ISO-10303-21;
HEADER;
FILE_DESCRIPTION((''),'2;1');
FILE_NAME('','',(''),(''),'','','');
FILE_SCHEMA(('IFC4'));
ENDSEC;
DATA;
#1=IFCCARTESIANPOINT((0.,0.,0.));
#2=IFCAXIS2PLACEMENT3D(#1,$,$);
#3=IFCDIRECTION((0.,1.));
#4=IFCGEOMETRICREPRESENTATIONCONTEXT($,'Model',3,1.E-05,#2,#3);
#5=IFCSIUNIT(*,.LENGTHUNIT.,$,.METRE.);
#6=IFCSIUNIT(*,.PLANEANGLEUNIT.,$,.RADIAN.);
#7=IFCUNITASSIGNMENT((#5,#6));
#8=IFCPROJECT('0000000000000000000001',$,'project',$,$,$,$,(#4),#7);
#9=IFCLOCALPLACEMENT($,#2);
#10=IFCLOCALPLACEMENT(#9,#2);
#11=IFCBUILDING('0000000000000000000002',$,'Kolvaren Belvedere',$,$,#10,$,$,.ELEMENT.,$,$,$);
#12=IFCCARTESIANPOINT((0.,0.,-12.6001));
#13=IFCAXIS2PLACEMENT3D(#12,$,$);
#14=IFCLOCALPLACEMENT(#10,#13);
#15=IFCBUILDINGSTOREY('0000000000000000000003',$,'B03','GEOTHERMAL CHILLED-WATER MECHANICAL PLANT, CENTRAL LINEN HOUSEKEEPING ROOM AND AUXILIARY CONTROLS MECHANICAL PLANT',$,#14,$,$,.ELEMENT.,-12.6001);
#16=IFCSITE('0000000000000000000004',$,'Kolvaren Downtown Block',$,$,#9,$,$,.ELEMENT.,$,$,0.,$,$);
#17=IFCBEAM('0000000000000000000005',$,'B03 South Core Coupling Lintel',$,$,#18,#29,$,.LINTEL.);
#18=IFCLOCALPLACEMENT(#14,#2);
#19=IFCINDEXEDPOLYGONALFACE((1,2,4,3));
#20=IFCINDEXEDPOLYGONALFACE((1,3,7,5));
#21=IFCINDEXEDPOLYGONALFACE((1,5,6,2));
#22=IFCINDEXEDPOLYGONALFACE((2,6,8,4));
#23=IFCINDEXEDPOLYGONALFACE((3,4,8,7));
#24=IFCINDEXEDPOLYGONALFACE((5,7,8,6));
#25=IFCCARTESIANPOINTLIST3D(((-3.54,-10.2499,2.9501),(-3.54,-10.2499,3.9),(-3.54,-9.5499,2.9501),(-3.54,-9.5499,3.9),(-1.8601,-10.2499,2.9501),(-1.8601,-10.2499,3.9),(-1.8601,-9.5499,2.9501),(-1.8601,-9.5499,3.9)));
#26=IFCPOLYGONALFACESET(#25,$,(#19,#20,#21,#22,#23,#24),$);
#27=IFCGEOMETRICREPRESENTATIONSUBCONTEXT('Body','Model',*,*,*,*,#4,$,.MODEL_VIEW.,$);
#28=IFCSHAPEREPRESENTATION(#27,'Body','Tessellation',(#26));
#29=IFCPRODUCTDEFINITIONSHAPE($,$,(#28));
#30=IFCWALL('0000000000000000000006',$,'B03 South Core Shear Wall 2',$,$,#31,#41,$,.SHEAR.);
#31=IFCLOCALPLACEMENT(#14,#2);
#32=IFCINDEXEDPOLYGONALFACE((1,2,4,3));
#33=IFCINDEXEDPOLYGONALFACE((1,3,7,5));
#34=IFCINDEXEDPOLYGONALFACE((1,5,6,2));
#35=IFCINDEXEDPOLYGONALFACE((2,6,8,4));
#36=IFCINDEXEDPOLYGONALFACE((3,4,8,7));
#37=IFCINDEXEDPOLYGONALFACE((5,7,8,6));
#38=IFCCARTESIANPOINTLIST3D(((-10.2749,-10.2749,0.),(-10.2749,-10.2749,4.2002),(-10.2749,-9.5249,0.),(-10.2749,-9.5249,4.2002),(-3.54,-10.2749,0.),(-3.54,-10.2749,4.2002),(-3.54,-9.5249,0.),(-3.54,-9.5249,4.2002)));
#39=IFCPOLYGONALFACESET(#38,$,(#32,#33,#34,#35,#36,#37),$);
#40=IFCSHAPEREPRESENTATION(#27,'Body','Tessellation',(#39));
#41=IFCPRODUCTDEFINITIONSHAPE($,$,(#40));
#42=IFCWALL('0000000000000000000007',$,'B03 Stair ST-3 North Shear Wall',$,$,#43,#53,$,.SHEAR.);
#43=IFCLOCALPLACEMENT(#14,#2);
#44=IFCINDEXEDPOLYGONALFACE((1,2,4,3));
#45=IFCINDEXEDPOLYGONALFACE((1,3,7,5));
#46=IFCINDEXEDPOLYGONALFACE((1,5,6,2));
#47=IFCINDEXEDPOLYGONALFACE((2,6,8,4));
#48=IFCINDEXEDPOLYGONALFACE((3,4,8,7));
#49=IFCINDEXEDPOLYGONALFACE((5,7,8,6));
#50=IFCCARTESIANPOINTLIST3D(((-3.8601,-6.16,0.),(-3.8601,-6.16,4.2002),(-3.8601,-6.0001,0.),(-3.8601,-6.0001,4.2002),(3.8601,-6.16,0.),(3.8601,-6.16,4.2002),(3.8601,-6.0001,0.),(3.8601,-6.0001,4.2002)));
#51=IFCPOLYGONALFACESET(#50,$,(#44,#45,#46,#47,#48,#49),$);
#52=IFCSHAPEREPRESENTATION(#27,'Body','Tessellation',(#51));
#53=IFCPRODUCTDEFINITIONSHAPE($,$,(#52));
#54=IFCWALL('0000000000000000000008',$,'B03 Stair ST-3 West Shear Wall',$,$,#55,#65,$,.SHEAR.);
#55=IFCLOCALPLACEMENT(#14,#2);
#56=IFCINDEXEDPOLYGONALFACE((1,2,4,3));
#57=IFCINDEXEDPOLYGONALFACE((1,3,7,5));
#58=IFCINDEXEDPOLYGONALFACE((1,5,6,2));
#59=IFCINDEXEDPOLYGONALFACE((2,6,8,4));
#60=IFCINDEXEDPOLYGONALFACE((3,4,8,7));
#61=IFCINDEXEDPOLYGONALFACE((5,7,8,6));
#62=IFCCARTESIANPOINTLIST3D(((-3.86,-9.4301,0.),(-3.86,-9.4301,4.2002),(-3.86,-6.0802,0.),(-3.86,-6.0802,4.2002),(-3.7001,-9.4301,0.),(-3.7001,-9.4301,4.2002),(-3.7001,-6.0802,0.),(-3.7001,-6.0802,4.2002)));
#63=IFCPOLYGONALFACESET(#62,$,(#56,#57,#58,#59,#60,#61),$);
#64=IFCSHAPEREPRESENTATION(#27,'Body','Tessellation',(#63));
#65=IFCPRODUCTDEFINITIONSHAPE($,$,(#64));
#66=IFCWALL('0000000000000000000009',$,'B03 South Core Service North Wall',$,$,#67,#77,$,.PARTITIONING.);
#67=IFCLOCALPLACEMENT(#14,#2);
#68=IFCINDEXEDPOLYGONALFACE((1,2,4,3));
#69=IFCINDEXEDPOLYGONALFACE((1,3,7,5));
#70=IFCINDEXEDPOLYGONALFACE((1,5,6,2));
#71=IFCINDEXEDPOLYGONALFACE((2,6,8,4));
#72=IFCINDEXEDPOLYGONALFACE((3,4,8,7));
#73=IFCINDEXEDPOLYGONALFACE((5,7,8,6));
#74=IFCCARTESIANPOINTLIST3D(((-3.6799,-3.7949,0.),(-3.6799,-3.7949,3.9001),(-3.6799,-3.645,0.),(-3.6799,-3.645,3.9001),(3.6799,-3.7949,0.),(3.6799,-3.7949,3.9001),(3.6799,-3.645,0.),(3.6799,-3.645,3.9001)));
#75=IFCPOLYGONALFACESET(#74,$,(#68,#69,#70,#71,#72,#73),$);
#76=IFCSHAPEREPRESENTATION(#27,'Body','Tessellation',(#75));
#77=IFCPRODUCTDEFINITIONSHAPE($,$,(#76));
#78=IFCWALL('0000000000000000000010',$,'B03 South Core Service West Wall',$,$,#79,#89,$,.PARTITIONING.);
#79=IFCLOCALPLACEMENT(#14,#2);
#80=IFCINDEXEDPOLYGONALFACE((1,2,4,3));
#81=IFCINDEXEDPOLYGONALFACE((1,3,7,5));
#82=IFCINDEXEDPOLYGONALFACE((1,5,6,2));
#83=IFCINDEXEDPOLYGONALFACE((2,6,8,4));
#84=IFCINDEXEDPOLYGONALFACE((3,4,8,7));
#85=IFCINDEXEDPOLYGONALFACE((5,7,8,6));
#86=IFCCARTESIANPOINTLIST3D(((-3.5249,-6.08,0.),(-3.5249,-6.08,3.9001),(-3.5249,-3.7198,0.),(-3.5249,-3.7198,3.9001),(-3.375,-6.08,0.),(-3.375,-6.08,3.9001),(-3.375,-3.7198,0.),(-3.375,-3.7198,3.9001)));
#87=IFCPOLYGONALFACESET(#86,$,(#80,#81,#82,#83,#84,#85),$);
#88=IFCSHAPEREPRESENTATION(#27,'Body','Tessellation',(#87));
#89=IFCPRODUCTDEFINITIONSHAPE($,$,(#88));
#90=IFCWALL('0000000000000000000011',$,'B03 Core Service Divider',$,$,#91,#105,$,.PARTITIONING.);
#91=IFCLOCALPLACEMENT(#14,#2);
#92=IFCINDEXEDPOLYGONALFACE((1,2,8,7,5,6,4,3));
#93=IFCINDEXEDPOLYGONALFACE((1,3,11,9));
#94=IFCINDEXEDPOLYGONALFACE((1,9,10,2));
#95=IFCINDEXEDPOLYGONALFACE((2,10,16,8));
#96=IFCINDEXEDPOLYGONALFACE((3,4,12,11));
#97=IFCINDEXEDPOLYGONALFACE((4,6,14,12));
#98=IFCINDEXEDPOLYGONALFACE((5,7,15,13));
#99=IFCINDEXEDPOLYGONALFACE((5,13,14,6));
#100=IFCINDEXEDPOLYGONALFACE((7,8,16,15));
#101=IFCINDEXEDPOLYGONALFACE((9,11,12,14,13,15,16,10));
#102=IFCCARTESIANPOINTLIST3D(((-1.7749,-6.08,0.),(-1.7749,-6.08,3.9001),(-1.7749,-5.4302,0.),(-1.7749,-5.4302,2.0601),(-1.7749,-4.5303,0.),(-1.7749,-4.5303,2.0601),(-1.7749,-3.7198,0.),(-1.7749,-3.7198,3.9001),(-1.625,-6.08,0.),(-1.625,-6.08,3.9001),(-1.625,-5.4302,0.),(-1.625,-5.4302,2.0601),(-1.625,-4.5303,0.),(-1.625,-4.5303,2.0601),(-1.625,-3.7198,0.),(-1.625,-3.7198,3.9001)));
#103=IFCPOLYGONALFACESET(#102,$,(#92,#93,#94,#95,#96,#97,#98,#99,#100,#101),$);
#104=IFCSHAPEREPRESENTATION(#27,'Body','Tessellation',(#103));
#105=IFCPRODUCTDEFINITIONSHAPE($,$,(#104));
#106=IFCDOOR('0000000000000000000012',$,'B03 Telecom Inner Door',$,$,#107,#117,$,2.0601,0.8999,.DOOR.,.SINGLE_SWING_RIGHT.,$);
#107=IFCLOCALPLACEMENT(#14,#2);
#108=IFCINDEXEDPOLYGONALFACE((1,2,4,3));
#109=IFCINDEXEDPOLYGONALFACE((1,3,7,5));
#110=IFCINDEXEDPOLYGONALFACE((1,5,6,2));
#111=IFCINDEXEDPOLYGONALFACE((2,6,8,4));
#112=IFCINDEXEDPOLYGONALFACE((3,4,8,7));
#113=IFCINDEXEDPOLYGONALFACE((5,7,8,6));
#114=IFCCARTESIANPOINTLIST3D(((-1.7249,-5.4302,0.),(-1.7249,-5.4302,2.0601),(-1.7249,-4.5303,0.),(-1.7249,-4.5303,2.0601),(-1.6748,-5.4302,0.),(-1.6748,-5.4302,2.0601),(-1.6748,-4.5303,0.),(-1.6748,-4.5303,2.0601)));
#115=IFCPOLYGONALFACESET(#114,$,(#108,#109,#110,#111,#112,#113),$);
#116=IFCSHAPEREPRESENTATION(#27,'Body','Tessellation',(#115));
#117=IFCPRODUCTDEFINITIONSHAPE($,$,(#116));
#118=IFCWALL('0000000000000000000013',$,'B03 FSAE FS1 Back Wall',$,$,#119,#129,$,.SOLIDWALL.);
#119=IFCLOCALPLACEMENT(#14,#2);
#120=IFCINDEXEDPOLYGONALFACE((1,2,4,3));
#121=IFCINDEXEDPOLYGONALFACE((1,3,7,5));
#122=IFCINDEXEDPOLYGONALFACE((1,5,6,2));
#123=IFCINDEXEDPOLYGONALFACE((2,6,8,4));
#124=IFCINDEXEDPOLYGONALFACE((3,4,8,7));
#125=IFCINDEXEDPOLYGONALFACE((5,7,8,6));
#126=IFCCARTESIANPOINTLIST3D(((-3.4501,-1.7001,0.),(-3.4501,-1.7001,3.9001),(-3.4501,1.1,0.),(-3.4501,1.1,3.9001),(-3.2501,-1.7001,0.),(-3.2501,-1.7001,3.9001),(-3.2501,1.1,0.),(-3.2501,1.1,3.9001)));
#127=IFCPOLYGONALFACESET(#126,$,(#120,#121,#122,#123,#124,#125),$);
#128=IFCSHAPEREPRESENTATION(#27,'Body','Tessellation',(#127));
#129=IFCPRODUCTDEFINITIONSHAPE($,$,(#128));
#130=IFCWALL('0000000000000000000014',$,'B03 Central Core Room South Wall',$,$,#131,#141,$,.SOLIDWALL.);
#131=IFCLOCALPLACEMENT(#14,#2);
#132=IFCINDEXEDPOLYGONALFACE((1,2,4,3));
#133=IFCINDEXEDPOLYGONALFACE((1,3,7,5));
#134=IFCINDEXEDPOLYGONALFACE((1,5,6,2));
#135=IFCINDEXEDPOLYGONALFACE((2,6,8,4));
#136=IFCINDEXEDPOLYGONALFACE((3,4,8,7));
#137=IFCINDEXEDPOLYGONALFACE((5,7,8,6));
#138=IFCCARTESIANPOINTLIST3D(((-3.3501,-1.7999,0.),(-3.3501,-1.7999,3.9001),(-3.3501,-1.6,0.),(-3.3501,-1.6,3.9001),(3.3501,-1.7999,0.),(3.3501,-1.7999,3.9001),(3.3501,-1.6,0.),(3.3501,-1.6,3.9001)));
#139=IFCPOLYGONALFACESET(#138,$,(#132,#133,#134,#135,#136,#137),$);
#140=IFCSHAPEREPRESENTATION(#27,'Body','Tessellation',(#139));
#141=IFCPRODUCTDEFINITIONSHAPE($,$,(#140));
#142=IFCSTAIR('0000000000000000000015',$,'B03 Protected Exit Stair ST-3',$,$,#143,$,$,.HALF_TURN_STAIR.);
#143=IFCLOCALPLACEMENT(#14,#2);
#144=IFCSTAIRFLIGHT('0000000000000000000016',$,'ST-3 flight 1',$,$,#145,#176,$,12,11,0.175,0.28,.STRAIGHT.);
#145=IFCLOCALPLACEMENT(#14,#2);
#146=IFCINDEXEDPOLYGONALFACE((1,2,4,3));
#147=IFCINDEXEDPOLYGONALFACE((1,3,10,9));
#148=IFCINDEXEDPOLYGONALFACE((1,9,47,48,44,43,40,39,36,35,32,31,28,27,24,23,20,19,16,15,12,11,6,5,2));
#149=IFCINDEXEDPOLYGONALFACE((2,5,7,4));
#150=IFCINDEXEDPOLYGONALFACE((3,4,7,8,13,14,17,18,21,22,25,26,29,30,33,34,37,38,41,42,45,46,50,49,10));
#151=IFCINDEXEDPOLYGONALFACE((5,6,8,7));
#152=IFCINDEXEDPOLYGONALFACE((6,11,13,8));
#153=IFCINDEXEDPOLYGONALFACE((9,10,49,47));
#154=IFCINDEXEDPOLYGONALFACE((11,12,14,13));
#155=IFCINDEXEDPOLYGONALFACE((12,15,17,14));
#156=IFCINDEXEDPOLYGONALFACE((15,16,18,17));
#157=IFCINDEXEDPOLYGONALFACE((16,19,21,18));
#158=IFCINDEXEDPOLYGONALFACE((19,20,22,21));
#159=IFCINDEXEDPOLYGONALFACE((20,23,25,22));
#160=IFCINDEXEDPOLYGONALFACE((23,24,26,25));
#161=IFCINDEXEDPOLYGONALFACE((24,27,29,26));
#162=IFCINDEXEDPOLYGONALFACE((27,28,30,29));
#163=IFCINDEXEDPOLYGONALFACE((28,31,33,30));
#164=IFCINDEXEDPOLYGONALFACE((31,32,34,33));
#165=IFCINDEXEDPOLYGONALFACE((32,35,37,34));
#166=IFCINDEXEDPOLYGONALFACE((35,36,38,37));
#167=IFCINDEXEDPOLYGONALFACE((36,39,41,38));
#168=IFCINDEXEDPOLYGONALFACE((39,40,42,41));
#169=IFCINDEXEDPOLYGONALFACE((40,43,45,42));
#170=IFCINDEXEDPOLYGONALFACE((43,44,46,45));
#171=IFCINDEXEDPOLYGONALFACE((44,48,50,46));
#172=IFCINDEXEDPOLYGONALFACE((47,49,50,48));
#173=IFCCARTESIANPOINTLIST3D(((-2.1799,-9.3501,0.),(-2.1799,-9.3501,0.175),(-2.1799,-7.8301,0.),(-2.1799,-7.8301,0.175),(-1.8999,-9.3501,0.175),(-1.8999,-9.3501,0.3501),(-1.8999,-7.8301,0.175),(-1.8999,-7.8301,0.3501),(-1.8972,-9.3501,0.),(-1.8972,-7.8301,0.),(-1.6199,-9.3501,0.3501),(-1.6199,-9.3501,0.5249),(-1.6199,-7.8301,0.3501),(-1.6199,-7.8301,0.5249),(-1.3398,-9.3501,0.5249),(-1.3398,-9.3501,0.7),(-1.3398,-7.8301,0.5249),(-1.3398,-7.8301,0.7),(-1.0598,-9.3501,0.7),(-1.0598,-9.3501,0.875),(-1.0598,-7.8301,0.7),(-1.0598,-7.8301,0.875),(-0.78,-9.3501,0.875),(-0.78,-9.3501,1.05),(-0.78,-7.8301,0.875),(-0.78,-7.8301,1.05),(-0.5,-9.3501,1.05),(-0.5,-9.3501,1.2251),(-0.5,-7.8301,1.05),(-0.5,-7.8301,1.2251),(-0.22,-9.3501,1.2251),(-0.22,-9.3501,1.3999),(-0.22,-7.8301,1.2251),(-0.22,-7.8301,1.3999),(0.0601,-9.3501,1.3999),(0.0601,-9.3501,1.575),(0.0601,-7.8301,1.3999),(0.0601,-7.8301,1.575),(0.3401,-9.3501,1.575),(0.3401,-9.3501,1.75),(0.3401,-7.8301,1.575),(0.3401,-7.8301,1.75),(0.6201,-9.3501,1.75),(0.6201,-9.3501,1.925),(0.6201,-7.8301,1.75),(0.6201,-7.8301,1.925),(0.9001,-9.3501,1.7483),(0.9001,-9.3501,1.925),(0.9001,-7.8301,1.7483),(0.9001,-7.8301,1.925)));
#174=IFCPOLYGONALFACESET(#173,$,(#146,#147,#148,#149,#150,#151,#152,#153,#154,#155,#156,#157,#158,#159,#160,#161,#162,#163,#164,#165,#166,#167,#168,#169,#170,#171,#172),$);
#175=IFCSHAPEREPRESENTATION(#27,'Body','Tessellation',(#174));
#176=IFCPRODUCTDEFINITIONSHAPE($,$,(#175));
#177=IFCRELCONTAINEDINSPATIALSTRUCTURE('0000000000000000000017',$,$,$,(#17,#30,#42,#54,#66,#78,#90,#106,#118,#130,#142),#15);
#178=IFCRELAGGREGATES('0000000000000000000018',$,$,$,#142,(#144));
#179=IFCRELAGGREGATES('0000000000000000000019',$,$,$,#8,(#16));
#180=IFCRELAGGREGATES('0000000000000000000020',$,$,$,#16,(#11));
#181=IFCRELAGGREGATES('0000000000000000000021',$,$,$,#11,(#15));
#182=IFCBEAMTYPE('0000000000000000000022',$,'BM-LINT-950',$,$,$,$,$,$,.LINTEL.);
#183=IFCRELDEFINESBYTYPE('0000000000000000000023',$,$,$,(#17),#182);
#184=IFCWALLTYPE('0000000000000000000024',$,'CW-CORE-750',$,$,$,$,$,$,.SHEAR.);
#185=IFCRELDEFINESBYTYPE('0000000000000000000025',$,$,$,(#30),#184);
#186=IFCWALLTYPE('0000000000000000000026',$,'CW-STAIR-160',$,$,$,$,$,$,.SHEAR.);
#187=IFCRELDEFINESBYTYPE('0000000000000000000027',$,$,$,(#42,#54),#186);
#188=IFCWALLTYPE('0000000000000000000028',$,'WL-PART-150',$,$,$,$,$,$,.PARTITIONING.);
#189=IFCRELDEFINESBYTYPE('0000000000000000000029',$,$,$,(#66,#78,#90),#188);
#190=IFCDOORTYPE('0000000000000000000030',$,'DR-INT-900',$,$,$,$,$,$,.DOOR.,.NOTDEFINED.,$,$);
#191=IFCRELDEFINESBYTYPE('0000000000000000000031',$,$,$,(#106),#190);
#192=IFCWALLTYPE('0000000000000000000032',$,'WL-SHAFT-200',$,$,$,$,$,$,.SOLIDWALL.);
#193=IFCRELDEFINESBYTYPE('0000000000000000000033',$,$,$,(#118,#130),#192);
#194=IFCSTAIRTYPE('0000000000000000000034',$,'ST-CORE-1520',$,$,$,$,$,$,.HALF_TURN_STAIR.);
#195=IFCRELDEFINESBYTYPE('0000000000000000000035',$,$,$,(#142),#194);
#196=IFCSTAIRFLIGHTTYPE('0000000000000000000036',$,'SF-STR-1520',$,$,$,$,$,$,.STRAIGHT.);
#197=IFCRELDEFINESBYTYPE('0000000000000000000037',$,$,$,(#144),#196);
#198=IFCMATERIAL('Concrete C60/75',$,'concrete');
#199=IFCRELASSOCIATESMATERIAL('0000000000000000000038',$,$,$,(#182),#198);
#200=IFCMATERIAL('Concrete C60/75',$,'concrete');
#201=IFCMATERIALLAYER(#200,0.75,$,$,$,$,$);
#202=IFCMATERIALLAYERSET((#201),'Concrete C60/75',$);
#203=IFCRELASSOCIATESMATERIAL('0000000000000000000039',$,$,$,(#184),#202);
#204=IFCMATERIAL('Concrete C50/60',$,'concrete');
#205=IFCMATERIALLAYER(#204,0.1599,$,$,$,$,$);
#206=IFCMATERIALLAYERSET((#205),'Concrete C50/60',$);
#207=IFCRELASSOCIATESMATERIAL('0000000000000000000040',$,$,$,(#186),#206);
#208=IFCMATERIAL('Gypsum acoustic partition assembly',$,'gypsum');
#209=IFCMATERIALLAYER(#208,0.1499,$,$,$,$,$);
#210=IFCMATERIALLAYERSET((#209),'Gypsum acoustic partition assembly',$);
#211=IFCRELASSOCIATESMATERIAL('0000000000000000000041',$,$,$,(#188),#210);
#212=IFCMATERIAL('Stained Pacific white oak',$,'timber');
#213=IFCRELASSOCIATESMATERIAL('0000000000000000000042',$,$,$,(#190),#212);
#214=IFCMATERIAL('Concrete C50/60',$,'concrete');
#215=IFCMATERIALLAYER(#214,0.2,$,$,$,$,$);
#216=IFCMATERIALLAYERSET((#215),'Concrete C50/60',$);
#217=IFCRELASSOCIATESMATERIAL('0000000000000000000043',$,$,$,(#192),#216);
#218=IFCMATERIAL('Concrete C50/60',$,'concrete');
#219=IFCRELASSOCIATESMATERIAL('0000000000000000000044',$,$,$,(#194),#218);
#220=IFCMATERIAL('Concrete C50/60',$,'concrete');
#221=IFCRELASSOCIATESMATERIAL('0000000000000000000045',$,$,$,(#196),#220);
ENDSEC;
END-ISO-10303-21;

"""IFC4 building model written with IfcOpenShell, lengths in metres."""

from ifc_helpers import new_model, si_unit, direction, frame, frame_2d, origin, origin_2d, place, context, subcontext, project, spatial, polyline, rectangle, outline, extrude, material, layer, layer_set, material_profile, profile_set, type_object, element, fill, aggregate, save


model = new_model("IFC4")

# Units and contexts
model_context = context("Model", 3, precision=1e-05, world=origin(), true_north=direction((0.0, 1.0)))
body_context = subcontext(model_context, "Body", "Model", "MODEL_VIEW")
ifc_project = project(units=[si_unit("LENGTHUNIT", "METRE"), si_unit("PLANEANGLEUNIT", "RADIAN")], contexts=[model_context])

# Site, building, storey
site_placement = place(None, origin())
site = spatial("IfcSite", under=ifc_project, at=site_placement, Name="Kolvaren Downtown Block", CompositionType="ELEMENT", RefElevation=0.0)
building_placement = place(site_placement, origin())
building = spatial("IfcBuilding", under=site, at=building_placement, Name="Kolvaren Belvedere", CompositionType="ELEMENT")
storey_placement = place(building_placement, frame((0.0, 0.0, -12.6001)))
storey = spatial("IfcBuildingStorey", under=building, at=storey_placement, Name="B03", Description="GEOTHERMAL CHILLED-WATER MECHANICAL PLANT, CENTRAL LINEN HOUSEKEEPING ROOM AND AUXILIARY CONTROLS MECHANICAL PLANT", CompositionType="ELEMENT", Elevation=-12.6001)

# Beam
ifc_material_1 = material(Name="Concrete C60/75", Category="concrete")
ifc_material_profile_1 = material_profile(ifc_material_1, rectangle(XDim=0.7, YDim=0.95, at=origin_2d()), Name="RC 700X950")
ifc_profile_set_1 = profile_set([ifc_material_profile_1], Name="Concrete C60/75")
beam_type = type_object("IfcBeamType", Name="BM-LINT-950", PredefinedType="LINTEL", material=ifc_profile_set_1)
beam_placement = place(storey_placement, frame((-3.54, -9.8999, 3.425), z_axis=(1.0, 0.0, 0.0), x_axis=(0.0, 1.0, 0.0)))
element("IfcBeam", 1, at=beam_placement, inside=storey, type_object=beam_type, Name="B03 South Core Coupling Lintel", PredefinedType="LINTEL", context=body_context, shape_type="SweptSolid", body=[
    extrude(rectangle(XDim=0.7, YDim=0.95, at=origin_2d()), origin(), (0.0, 0.0, 1.0), 1.6799),
])

# Walls
ifc_material_2 = material(Name="Concrete C60/75", Category="concrete")
ifc_layer_1 = layer(ifc_material_2, 0.75)
ifc_layer_set_1 = layer_set([ifc_layer_1], Name="Concrete C60/75")
wall_type_1 = type_object("IfcWallType", Name="CW-CORE-750", PredefinedType="SHEAR", material=ifc_layer_set_1)
wall_1_placement = place(storey_placement, frame((-3.54, -9.8999, 0.0), z_axis=(0.0, 0.0, 1.0), x_axis=(-1.0, 0.0, 0.0)))
element("IfcWall", 2, at=wall_1_placement, inside=storey, type_object=wall_type_1, Name="B03 South Core Shear Wall 2", PredefinedType="SHEAR", context=body_context, shape_type="SweptSolid", body=[
    extrude(rectangle(XDim=6.7349, YDim=0.75, at=frame_2d((3.3674, 0.0))), origin(), (0.0, 0.0, 1.0), 4.2002),
])
ifc_material_3 = material(Name="Concrete C50/60", Category="concrete")
ifc_layer_2 = layer(ifc_material_3, 0.1599)
ifc_layer_set_2 = layer_set([ifc_layer_2], Name="Concrete C50/60")
wall_type_2 = type_object("IfcWallType", Name="CW-STAIR-160", PredefinedType="SHEAR", material=ifc_layer_set_2)
wall_2_placement = place(storey_placement, frame((-3.8601, -6.0801, 0.0), z_axis=(0.0, 0.0, 1.0), x_axis=(1.0, 0.0, 0.0)))
element("IfcWall", 3, at=wall_2_placement, inside=storey, type_object=wall_type_2, Name="B03 Stair ST-3 North Shear Wall", PredefinedType="SHEAR", context=body_context, shape_type="SweptSolid", body=[
    extrude(rectangle(XDim=7.7202, YDim=0.1599, at=frame_2d((3.8601, 0.0))), origin(), (0.0, 0.0, 1.0), 4.2002),
])
wall_3_placement = place(storey_placement, frame((-3.78, -9.4299, 0.0), z_axis=(0.0, 0.0, 1.0), x_axis=(0.0, 1.0, 0.0)))
element("IfcWall", 4, at=wall_3_placement, inside=storey, type_object=wall_type_2, Name="B03 Stair ST-3 West Shear Wall", PredefinedType="SHEAR", context=body_context, shape_type="SweptSolid", body=[
    extrude(rectangle(XDim=3.3499, YDim=0.1599, at=frame_2d((1.6748, 0.0))), origin(), (0.0, 0.0, 1.0), 4.2002),
])
ifc_material_4 = material(Name="Gypsum acoustic partition assembly", Category="gypsum")
ifc_layer_3 = layer(ifc_material_4, 0.1499)
ifc_layer_set_3 = layer_set([ifc_layer_3], Name="Gypsum acoustic partition assembly")
wall_type_3 = type_object("IfcWallType", Name="WL-PART-150", PredefinedType="PARTITIONING", material=ifc_layer_set_3)
wall_4_placement = place(storey_placement, frame((-3.6799, -3.72, 0.0), z_axis=(0.0, 0.0, 1.0), x_axis=(1.0, 0.0, 0.0)))
element("IfcWall", 5, at=wall_4_placement, inside=storey, type_object=wall_type_3, Name="B03 South Core Service North Wall", PredefinedType="PARTITIONING", context=body_context, shape_type="SweptSolid", body=[
    extrude(rectangle(XDim=7.3599, YDim=0.1499, at=frame_2d((3.6799, 0.0))), origin(), (0.0, 0.0, 1.0), 3.9001),
])
wall_5_placement = place(storey_placement, frame((-3.45, -6.0801, 0.0), z_axis=(0.0, 0.0, 1.0), x_axis=(0.0, 1.0, 0.0)))
element("IfcWall", 6, at=wall_5_placement, inside=storey, type_object=wall_type_3, Name="B03 South Core Service West Wall", PredefinedType="PARTITIONING", context=body_context, shape_type="SweptSolid", body=[
    extrude(rectangle(XDim=2.3601, YDim=0.1499, at=frame_2d((1.1802, 0.0))), origin(), (0.0, 0.0, 1.0), 3.9001),
])

# Wall, opening, door
wall_6_placement = place(storey_placement, frame((-1.7, -6.0801, 0.0), z_axis=(0.0, 0.0, 1.0), x_axis=(0.0, 1.0, 0.0)))
wall_6 = element("IfcWall", 7, at=wall_6_placement, inside=storey, type_object=wall_type_3, Name="B03 Core Service Divider", PredefinedType="PARTITIONING", context=body_context, shape_type="SweptSolid", body=[
    extrude(rectangle(XDim=2.3601, YDim=0.1499, at=frame_2d((1.1802, 0.0))), origin(), (0.0, 0.0, 1.0), 3.9001),
])
opening_placement = place(wall_6_placement, frame((0.6499, 0.0, 0.0)))
opening = element("IfcOpeningElement", 8, at=opening_placement, cuts=wall_6, PredefinedType="OPENING", context=body_context, shape_type="SweptSolid", body=[
    extrude(rectangle(XDim=0.8999, YDim=2.0601, at=frame_2d((0.45, 1.03))), frame((0.0, 0.085, 0.0), z_axis=(0.0, -1.0, 0.0), x_axis=(1.0, 0.0, 0.0)), (0.0, 0.0, 1.0), 0.1699),
])
ifc_material_5 = material(Name="Stained Pacific white oak", Category="timber")
door_type = type_object("IfcDoorType", Name="DR-INT-900", OperationType="NOTDEFINED", PredefinedType="DOOR", material=ifc_material_5)
door_placement = place(opening_placement, origin())
door = element("IfcDoor", 9, at=door_placement, inside=storey, type_object=door_type, Name="B03 Telecom Inner Door", OperationType="SINGLE_SWING_RIGHT", OverallHeight=2.0601, OverallWidth=0.8999, PredefinedType="DOOR", context=body_context, shape_type="SweptSolid", body=[
    extrude(rectangle(XDim=0.8999, YDim=2.0601, at=frame_2d((0.45, 1.03))), frame((0.0, 0.0249, 0.0), z_axis=(0.0, -1.0, 0.0), x_axis=(1.0, 0.0, 0.0)), (0.0, 0.0, 1.0), 0.05),
])
fill(opening, door)

# Walls
ifc_material_6 = material(Name="Concrete C50/60", Category="concrete")
ifc_layer_4 = layer(ifc_material_6, 0.2)
ifc_layer_set_4 = layer_set([ifc_layer_4], Name="Concrete C50/60")
wall_type_4 = type_object("IfcWallType", Name="WL-SHAFT-200", PredefinedType="SOLIDWALL", material=ifc_layer_set_4)
wall_7_placement = place(storey_placement, frame((-3.3501, -1.7, 0.0), z_axis=(0.0, 0.0, 1.0), x_axis=(0.0, 1.0, 0.0)))
element("IfcWall", 10, at=wall_7_placement, inside=storey, type_object=wall_type_4, Name="B03 FSAE FS1 Back Wall", PredefinedType="SOLIDWALL", context=body_context, shape_type="SweptSolid", body=[
    extrude(rectangle(XDim=2.8, YDim=0.2, at=frame_2d((1.3999, 0.0))), origin(), (0.0, 0.0, 1.0), 3.9001),
])
wall_8_placement = place(storey_placement, frame((-3.3501, -1.7, 0.0), z_axis=(0.0, 0.0, 1.0), x_axis=(1.0, 0.0, 0.0)))
element("IfcWall", 11, at=wall_8_placement, inside=storey, type_object=wall_type_4, Name="B03 Central Core Room South Wall", PredefinedType="SOLIDWALL", context=body_context, shape_type="SweptSolid", body=[
    extrude(rectangle(XDim=6.7002, YDim=0.2, at=frame_2d((3.3501, 0.0))), origin(), (0.0, 0.0, 1.0), 3.9001),
])

# Stair, stair flight
ifc_material_7 = material(Name="Concrete C50/60", Category="concrete")
stair_type = type_object("IfcStairType", Name="ST-CORE-1520", PredefinedType="HALF_TURN_STAIR", material=ifc_material_7)
stair_placement = place(storey_placement, origin())
stair = element("IfcStair", 12, at=stair_placement, inside=storey, type_object=stair_type, Name="B03 Protected Exit Stair ST-3", PredefinedType="HALF_TURN_STAIR")
ifc_material_8 = material(Name="Concrete C50/60", Category="concrete")
stair_flight_type = type_object("IfcStairFlightType", Name="SF-STR-1520", PredefinedType="STRAIGHT", material=ifc_material_8)
stair_flight_placement = place(storey_placement, frame((-2.1799, -8.5901, 0.0), z_axis=(0.0, 0.0, 1.0), x_axis=(1.0, 0.0, 0.0)))
stair_flight = element("IfcStairFlight", 13, at=stair_flight_placement, type_object=stair_flight_type, Name="ST-3 flight 1", NumberOfRisers=12, NumberOfTreads=11, PredefinedType="STRAIGHT", RiserHeight=0.175, TreadLength=0.28, context=body_context, shape_type="SweptSolid", body=[
    extrude(outline(polyline([(0.0, 0.0), (0.0, 0.175), (0.28, 0.175), (0.28, 0.3501), (0.5601, 0.3501), (0.5601, 0.5249), (0.8401, 0.5249), (0.8401, 0.7), (1.1201, 0.7), (1.1201, 0.875), (1.3999, 0.875), (1.3999, 1.05), (1.6799, 1.05), (1.6799, 1.2251), (1.96, 1.2251), (1.96, 1.3999), (2.24, 1.3999), (2.24, 1.575), (2.52, 1.575), (2.52, 1.75), (2.8, 1.75), (2.8, 1.925), (3.0801, 1.925), (3.0801, 2.1001), (3.0801, 1.7483), (0.2827, 0.0), (0.0, 0.0)])), frame((0.0, 0.76, 0.0), z_axis=(0.0, -1.0, 0.0), x_axis=(1.0, 0.0, 0.0)), (0.0, 0.0, 1.0), 1.52),
])
aggregate(stair, [stair_flight])

save(model, "model.ifc")
